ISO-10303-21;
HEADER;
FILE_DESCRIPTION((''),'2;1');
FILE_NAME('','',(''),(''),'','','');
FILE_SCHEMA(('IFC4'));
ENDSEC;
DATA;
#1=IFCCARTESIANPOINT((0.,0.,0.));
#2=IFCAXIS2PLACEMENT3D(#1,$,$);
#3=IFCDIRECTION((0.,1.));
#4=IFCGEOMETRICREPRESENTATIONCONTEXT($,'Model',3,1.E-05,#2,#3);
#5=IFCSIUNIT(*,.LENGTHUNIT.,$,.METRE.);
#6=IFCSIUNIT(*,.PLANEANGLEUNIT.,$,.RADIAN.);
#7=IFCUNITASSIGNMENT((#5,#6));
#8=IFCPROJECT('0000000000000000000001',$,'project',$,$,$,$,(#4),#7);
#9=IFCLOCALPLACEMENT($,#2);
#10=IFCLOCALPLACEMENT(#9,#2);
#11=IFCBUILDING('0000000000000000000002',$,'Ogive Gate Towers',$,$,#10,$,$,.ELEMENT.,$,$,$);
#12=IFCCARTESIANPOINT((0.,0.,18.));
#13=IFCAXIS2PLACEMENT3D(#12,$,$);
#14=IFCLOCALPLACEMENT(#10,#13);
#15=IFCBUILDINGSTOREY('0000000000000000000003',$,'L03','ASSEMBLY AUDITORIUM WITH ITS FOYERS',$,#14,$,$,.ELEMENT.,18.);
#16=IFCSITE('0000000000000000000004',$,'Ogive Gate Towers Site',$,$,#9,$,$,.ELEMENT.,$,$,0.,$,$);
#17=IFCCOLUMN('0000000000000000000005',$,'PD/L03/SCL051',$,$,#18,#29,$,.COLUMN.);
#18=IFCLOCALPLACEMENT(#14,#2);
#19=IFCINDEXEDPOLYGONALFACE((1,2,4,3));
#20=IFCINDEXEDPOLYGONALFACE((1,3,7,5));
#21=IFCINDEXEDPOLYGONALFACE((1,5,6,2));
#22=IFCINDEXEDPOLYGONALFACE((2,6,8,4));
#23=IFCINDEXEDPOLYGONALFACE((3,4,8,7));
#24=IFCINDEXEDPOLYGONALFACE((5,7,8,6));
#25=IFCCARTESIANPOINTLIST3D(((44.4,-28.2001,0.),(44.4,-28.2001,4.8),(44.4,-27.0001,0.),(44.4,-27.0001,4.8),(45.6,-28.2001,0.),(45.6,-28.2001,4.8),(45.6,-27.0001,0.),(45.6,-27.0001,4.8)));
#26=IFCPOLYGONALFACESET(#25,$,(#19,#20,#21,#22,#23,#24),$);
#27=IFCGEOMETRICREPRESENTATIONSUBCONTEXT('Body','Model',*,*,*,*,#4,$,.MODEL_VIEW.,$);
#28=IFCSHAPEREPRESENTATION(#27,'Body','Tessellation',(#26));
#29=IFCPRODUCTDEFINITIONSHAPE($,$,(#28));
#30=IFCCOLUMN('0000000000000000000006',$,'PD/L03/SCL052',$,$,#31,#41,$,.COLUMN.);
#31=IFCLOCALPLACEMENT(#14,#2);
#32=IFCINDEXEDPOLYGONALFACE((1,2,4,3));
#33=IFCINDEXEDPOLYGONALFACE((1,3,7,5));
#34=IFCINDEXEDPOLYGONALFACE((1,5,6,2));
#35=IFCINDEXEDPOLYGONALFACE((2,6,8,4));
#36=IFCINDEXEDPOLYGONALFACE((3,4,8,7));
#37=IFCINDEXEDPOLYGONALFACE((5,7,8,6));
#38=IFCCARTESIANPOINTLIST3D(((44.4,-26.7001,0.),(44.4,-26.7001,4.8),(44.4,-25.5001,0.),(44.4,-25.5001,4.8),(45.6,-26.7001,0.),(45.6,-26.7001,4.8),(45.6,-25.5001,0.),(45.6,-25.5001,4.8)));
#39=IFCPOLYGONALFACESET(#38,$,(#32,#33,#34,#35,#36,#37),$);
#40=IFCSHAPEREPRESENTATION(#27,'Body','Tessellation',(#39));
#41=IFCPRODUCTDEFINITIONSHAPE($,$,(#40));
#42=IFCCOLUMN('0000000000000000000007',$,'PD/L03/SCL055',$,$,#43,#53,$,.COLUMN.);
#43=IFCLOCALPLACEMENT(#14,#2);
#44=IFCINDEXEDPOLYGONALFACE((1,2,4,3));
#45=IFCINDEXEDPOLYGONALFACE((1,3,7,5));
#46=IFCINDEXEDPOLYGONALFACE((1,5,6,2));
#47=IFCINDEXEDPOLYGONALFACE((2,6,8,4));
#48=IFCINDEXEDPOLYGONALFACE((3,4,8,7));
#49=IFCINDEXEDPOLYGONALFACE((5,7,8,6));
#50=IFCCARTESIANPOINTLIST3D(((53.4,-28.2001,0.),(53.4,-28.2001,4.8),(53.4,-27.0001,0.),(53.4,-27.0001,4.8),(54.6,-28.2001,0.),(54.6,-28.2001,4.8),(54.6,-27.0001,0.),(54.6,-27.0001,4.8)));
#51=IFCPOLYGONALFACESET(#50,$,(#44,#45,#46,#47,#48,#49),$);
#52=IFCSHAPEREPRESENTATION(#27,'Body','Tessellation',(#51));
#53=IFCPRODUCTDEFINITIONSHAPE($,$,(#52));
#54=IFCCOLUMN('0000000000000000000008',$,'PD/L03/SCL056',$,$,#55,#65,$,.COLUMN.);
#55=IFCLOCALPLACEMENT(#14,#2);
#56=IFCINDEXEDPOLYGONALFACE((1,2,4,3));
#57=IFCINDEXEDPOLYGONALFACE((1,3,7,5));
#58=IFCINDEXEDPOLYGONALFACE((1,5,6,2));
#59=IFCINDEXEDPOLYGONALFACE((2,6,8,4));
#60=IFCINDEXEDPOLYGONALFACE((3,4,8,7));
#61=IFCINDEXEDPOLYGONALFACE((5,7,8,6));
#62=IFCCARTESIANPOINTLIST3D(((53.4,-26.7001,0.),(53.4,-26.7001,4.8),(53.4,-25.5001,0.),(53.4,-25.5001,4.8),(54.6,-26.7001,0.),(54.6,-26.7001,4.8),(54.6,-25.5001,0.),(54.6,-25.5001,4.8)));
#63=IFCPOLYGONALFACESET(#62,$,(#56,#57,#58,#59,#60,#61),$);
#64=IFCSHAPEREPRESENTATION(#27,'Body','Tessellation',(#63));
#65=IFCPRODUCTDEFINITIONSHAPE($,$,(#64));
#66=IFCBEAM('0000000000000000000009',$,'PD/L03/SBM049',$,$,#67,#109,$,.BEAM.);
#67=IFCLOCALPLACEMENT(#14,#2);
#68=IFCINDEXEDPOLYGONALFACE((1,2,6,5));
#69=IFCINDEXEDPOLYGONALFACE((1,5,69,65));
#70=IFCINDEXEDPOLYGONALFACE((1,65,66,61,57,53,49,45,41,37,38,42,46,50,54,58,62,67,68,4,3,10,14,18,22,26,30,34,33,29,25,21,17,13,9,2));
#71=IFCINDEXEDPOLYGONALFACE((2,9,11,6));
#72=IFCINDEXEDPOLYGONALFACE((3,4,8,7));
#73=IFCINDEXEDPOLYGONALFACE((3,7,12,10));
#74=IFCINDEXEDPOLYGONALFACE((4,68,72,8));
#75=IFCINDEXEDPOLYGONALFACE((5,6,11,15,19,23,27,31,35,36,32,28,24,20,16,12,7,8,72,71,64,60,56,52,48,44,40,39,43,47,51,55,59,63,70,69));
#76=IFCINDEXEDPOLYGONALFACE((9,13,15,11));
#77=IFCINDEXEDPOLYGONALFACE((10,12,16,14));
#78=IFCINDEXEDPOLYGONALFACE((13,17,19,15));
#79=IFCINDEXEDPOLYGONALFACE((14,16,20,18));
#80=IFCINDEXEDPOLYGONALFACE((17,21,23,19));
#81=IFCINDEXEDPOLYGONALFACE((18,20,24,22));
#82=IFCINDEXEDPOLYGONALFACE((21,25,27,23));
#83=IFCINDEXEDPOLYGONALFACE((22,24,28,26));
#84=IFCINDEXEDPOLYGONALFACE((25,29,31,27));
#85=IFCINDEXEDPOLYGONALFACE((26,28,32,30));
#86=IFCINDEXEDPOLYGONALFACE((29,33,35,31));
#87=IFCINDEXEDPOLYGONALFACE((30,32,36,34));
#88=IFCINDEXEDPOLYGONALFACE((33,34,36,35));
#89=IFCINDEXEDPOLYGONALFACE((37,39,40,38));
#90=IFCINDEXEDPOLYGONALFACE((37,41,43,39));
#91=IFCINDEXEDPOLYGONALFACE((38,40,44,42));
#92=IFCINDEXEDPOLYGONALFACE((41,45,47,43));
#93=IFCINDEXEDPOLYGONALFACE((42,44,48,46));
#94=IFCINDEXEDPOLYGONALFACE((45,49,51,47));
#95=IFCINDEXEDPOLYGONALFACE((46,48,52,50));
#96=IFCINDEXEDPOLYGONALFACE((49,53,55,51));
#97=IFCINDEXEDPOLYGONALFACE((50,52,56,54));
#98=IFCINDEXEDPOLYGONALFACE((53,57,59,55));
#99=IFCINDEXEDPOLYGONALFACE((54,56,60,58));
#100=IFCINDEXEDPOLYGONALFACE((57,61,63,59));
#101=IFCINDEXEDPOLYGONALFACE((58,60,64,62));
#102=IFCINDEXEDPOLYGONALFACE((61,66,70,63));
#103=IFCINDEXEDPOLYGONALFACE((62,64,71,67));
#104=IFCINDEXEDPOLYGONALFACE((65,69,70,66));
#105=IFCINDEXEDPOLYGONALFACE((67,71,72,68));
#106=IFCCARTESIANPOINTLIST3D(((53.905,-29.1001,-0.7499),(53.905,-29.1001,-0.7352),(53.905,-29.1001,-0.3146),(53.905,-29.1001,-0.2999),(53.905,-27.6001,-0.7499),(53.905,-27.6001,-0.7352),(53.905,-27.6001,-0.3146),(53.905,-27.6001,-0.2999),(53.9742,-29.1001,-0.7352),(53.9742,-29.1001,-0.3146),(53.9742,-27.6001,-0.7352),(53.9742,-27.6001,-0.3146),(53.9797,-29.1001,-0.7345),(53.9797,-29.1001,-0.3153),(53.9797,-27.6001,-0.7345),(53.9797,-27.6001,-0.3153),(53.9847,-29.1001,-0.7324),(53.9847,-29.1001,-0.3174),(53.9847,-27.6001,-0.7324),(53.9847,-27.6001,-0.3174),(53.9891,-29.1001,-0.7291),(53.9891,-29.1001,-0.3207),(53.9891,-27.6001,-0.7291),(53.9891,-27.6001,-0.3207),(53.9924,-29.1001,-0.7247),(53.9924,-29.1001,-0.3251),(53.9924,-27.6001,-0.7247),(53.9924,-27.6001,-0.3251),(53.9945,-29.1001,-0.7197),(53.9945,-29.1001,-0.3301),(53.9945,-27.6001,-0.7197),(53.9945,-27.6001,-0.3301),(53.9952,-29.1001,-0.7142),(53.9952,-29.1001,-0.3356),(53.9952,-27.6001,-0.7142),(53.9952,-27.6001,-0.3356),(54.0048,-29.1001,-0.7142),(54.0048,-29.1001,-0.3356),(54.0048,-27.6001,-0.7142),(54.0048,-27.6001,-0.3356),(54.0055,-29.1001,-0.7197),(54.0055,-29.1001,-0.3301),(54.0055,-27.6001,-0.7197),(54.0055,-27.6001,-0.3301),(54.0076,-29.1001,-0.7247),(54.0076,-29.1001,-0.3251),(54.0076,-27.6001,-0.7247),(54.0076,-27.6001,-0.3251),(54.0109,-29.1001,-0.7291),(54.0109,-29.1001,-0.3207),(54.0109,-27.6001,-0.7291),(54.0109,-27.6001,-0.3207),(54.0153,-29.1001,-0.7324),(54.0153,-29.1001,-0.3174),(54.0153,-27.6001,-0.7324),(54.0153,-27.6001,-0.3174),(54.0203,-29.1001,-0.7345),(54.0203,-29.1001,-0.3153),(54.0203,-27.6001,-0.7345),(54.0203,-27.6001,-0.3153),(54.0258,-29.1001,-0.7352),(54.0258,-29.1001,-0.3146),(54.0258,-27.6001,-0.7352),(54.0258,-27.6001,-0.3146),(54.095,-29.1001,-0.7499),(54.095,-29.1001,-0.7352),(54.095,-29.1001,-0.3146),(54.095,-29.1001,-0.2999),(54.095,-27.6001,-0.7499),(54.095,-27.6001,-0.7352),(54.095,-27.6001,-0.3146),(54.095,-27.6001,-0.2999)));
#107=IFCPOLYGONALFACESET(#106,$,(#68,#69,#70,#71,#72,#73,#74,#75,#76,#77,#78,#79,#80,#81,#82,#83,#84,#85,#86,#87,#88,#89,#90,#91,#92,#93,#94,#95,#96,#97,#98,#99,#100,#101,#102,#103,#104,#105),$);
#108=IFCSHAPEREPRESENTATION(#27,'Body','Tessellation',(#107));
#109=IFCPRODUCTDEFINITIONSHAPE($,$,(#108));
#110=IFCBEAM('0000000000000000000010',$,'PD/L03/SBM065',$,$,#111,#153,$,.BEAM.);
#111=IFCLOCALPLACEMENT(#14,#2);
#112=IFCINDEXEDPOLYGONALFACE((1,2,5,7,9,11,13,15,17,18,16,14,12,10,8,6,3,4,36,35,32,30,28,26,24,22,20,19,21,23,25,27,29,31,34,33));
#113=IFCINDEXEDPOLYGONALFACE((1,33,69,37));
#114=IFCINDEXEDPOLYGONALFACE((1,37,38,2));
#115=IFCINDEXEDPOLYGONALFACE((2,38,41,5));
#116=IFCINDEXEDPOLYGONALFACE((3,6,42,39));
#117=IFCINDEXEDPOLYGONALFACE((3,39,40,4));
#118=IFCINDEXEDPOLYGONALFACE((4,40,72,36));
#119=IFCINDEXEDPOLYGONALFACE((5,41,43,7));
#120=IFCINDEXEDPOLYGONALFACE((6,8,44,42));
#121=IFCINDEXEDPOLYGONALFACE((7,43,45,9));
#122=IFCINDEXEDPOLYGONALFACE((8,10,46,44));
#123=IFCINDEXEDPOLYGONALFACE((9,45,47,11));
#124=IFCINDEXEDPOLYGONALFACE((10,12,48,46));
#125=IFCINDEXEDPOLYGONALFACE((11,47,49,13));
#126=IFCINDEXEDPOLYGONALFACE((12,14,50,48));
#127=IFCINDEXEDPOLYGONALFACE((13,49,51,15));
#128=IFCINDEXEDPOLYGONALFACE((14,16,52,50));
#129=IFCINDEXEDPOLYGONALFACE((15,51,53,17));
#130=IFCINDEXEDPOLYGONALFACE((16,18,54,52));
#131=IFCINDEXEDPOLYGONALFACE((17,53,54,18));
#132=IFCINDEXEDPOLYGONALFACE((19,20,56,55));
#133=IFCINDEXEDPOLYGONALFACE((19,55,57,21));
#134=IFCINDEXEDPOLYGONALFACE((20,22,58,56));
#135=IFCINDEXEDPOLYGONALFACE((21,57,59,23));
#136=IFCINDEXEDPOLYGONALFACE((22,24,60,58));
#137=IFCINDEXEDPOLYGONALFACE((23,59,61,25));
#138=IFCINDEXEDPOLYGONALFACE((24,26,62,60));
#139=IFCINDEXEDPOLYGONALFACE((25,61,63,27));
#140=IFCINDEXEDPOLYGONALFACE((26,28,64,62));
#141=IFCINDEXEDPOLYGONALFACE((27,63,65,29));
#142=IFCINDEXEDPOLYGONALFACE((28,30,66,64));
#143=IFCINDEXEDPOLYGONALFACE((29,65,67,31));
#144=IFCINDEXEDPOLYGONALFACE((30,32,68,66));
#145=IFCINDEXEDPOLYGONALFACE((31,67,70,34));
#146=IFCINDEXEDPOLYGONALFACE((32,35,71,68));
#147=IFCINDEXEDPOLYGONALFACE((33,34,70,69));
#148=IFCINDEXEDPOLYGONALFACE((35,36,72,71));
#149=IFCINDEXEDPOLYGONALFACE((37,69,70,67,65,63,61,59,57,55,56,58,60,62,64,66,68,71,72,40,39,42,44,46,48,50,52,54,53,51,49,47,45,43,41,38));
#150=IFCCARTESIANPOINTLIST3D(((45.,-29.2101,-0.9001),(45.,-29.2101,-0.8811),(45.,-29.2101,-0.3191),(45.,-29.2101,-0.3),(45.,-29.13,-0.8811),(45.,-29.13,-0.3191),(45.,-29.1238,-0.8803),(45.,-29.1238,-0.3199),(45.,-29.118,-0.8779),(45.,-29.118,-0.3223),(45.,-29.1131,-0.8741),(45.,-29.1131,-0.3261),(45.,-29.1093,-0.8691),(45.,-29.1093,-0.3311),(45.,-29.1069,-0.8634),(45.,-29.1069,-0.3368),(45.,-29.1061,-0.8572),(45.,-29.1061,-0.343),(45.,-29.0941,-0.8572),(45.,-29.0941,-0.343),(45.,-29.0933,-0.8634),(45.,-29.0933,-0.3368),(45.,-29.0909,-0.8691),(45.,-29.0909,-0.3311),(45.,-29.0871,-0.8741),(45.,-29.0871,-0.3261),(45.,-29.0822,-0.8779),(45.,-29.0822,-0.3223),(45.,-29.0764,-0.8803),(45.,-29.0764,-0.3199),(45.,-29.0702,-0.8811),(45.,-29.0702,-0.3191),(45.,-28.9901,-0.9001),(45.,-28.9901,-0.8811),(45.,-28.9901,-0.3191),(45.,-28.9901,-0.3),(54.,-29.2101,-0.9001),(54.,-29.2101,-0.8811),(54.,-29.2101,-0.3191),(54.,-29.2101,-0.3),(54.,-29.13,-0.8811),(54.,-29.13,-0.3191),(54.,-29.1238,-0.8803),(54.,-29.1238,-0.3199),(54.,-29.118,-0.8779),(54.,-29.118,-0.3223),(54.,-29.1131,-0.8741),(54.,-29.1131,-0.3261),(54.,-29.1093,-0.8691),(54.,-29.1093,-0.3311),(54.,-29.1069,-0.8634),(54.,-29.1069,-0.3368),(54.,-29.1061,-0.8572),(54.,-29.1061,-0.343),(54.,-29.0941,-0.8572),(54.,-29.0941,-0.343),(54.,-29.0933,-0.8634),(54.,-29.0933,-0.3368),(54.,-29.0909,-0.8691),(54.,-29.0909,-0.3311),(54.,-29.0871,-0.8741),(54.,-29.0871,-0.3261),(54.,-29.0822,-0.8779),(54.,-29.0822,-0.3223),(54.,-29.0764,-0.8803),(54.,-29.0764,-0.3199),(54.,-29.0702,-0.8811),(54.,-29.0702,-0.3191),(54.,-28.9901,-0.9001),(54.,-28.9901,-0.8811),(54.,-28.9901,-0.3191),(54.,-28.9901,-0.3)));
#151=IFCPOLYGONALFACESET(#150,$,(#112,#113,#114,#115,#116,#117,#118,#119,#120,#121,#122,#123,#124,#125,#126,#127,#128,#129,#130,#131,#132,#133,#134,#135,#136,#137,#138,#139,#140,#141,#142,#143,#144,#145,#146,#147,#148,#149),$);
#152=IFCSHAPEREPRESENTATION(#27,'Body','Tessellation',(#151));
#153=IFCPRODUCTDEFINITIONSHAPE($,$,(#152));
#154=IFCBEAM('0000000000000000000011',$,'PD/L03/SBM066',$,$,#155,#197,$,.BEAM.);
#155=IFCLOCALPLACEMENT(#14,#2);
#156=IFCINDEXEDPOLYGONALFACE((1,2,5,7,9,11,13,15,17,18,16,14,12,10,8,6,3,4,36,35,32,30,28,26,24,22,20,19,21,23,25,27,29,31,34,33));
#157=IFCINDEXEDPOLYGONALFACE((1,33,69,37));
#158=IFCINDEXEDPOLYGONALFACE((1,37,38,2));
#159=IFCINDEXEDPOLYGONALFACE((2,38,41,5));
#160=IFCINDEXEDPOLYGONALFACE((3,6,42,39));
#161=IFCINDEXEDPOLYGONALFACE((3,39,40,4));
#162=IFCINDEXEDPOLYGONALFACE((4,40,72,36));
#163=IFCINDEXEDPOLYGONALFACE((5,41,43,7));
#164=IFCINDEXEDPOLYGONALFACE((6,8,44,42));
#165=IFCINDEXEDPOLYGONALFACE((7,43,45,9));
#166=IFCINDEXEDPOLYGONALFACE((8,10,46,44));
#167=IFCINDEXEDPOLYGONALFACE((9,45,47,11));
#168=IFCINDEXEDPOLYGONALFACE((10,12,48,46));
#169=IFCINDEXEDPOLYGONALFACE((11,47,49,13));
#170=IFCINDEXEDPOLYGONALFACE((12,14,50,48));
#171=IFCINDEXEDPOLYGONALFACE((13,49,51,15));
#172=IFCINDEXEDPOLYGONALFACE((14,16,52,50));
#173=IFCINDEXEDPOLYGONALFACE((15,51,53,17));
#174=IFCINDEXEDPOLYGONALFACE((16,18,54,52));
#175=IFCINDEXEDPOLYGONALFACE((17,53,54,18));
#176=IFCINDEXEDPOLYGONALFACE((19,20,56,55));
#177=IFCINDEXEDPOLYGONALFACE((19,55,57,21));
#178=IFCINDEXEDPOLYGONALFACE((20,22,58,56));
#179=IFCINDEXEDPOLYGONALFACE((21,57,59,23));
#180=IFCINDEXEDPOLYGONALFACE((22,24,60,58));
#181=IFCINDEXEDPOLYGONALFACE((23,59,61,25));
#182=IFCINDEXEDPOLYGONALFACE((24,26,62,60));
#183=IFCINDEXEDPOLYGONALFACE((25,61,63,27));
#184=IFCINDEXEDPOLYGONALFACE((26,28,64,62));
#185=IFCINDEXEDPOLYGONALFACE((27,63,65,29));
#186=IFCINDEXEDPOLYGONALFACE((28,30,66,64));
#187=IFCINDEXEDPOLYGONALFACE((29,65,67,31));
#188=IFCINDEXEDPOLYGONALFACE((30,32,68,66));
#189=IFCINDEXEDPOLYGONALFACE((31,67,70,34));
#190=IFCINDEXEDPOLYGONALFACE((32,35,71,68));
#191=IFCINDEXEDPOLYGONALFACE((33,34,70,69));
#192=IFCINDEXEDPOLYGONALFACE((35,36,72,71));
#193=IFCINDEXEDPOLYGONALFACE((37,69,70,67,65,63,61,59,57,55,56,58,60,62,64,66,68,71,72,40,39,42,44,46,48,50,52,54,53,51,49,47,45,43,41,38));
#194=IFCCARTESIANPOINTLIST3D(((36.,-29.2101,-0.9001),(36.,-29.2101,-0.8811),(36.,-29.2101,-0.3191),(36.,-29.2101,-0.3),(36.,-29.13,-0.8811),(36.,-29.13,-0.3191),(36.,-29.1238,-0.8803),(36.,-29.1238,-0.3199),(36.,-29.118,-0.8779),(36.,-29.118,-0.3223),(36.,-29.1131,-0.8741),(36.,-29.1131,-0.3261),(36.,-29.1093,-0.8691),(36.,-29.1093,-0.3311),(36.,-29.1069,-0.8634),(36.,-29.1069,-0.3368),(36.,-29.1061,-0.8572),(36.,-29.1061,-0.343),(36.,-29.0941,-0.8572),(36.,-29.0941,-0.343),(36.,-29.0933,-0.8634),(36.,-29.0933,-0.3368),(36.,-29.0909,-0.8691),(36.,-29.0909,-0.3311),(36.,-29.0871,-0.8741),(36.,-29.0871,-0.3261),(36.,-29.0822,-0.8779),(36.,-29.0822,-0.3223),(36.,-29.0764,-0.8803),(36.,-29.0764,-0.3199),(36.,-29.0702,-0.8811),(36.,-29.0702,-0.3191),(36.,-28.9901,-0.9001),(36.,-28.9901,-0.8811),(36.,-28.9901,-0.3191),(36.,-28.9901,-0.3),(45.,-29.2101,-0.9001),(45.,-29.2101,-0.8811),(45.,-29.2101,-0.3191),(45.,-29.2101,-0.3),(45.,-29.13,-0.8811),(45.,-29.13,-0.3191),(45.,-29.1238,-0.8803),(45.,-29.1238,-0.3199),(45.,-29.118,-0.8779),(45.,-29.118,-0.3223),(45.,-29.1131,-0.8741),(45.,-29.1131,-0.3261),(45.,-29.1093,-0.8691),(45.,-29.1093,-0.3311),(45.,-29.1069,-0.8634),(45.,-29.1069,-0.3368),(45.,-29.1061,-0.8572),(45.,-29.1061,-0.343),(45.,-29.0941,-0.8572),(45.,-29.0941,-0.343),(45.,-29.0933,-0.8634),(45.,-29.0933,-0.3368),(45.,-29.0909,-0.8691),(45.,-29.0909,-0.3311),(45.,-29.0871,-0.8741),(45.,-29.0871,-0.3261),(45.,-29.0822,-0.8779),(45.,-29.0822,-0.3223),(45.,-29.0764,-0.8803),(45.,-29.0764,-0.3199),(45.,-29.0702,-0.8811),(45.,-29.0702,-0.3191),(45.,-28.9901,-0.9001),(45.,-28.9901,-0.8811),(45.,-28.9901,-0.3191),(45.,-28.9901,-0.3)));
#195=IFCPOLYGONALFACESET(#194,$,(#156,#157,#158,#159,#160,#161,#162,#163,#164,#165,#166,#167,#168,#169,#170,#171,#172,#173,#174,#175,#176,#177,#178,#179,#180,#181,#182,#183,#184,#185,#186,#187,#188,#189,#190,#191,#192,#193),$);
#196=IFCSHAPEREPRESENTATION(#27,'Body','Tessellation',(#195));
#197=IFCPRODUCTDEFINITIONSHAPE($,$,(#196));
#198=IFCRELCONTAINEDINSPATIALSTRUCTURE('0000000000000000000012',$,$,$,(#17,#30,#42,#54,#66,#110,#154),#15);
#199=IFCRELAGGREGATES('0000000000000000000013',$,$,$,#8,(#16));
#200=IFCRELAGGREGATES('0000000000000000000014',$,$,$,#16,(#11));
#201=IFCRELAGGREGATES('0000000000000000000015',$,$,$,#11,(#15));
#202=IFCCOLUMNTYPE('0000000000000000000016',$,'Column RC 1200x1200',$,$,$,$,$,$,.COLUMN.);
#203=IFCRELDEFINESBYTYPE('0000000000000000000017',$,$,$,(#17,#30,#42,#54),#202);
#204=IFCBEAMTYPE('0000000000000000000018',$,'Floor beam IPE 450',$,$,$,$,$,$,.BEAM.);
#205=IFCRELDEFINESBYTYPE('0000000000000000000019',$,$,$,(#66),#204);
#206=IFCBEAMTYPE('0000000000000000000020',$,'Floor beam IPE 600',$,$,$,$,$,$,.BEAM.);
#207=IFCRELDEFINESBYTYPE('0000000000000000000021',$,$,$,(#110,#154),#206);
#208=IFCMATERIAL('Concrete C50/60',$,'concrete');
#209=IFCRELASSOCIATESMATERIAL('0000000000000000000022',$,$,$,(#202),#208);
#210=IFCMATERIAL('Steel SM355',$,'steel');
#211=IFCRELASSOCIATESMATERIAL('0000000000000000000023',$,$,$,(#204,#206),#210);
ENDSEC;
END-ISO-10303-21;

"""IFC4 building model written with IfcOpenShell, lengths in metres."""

from ifc_helpers import new_model, si_unit, direction, frame, origin, origin_2d, place, context, subcontext, project, spatial, rectangle, i_section, extrude, material, material_profile, profile_set, type_object, element, save


model = new_model("IFC4")

# Units and contexts
model_context = context("Model", 3, precision=1e-05, world=origin(), true_north=direction((0.0, 1.0)))
body_context = subcontext(model_context, "Body", "Model", "MODEL_VIEW")
ifc_project = project(units=[si_unit("LENGTHUNIT", "METRE"), si_unit("PLANEANGLEUNIT", "RADIAN")], contexts=[model_context])

# Site, building, storey
site_placement = place(None, origin())
site = spatial("IfcSite", under=ifc_project, at=site_placement, Name="Ogive Gate Towers Site", CompositionType="ELEMENT", RefElevation=0.0)
building_placement = place(site_placement, origin())
building = spatial("IfcBuilding", under=site, at=building_placement, Name="Ogive Gate Towers", CompositionType="ELEMENT")
storey_placement = place(building_placement, frame((0.0, 0.0, 18.0)))
storey = spatial("IfcBuildingStorey", under=building, at=storey_placement, Name="L03", Description="ASSEMBLY AUDITORIUM WITH ITS FOYERS", CompositionType="ELEMENT", Elevation=18.0)

# Columns
ifc_material_1 = material(Name="Concrete C50/60", Category="concrete")
ifc_material_profile_1 = material_profile(ifc_material_1, rectangle(XDim=1.2, YDim=1.2, at=origin_2d()), Name="RC 1200x1200")
ifc_profile_set_1 = profile_set([ifc_material_profile_1], Name="Concrete C50/60")
column_type = type_object("IfcColumnType", Name="Column RC 1200x1200", PredefinedType="COLUMN", material=ifc_profile_set_1)
for number, where, z_axis, x_axis, name in (
    (1, (45.0, -27.6001, 0.0), (0.0, 0.0, 1.0), (1.0, 0.0, 0.0), "PD/L03/SCL051"),
    (2, (45.0, -26.1001, 0.0), (0.0, 0.0, 1.0), (1.0, 0.0, 0.0), "PD/L03/SCL052"),
    (3, (54.0, -27.6001, 0.0), (0.0, 0.0, 1.0), (1.0, 0.0, 0.0), "PD/L03/SCL055"),
    (4, (54.0, -26.1001, 0.0), (0.0, 0.0, 1.0), (1.0, 0.0, 0.0), "PD/L03/SCL056"),
):
    element("IfcColumn", number, at=place(storey_placement, frame(where, z_axis=z_axis, x_axis=x_axis)), inside=storey, type_object=column_type, Name=name, PredefinedType="COLUMN", context=body_context, shape_type="SweptSolid", body=[
        extrude(rectangle(XDim=1.2, YDim=1.2, at=origin_2d()), origin(), (0.0, 0.0, 1.0), 4.8),
    ])

# Beams
ifc_material_2 = material(Name="Steel SM355", Category="steel")
ifc_material_profile_2 = material_profile(ifc_material_2, i_section(OverallWidth=0.1899, OverallDepth=0.45, WebThickness=0.0095, FlangeThickness=0.0146, FilletRadius=0.021, at=origin_2d()), Name="IPE 450")
ifc_profile_set_2 = profile_set([ifc_material_profile_2], Name="Steel SM355")
beam_type_1 = type_object("IfcBeamType", Name="Floor beam IPE 450", PredefinedType="BEAM", material=ifc_profile_set_2)
beam_1_placement = place(storey_placement, frame((54.0, -29.1001, -0.5249), z_axis=(0.0, 1.0, 0.0), x_axis=(-1.0, 0.0, 0.0)))
element("IfcBeam", 5, at=beam_1_placement, inside=storey, type_object=beam_type_1, Name="PD/L03/SBM049", PredefinedType="BEAM", context=body_context, shape_type="SweptSolid", body=[
    extrude(i_section(OverallWidth=0.1899, OverallDepth=0.45, WebThickness=0.0095, FlangeThickness=0.0146, FilletRadius=0.021, at=origin_2d()), origin(), (0.0, 0.0, 1.0), 1.5),
])
ifc_material_profile_3 = material_profile(ifc_material_2, i_section(OverallWidth=0.22, OverallDepth=0.6001, WebThickness=0.012, FlangeThickness=0.019, FilletRadius=0.0239, at=origin_2d()), Name="IPE 600")
ifc_profile_set_3 = profile_set([ifc_material_profile_3], Name="Steel SM355")
beam_type_2 = type_object("IfcBeamType", Name="Floor beam IPE 600", PredefinedType="BEAM", material=ifc_profile_set_3)
for number, where, z_axis, x_axis, name in (
    (6, (54.0, -29.1001, -0.6001), (-1.0, 0.0, 0.0), (0.0, -1.0, 0.0), "PD/L03/SBM065"),
    (7, (45.0, -29.1001, -0.6001), (-1.0, 0.0, 0.0), (0.0, -1.0, 0.0), "PD/L03/SBM066"),
):
    element("IfcBeam", number, at=place(storey_placement, frame(where, z_axis=z_axis, x_axis=x_axis)), inside=storey, type_object=beam_type_2, Name=name, PredefinedType="BEAM", context=body_context, shape_type="SweptSolid", body=[
        extrude(i_section(OverallWidth=0.22, OverallDepth=0.6001, WebThickness=0.012, FlangeThickness=0.019, FilletRadius=0.0239, at=origin_2d()), origin(), (0.0, 0.0, 1.0), 9.0),
    ])

save(model, "model.ifc")
